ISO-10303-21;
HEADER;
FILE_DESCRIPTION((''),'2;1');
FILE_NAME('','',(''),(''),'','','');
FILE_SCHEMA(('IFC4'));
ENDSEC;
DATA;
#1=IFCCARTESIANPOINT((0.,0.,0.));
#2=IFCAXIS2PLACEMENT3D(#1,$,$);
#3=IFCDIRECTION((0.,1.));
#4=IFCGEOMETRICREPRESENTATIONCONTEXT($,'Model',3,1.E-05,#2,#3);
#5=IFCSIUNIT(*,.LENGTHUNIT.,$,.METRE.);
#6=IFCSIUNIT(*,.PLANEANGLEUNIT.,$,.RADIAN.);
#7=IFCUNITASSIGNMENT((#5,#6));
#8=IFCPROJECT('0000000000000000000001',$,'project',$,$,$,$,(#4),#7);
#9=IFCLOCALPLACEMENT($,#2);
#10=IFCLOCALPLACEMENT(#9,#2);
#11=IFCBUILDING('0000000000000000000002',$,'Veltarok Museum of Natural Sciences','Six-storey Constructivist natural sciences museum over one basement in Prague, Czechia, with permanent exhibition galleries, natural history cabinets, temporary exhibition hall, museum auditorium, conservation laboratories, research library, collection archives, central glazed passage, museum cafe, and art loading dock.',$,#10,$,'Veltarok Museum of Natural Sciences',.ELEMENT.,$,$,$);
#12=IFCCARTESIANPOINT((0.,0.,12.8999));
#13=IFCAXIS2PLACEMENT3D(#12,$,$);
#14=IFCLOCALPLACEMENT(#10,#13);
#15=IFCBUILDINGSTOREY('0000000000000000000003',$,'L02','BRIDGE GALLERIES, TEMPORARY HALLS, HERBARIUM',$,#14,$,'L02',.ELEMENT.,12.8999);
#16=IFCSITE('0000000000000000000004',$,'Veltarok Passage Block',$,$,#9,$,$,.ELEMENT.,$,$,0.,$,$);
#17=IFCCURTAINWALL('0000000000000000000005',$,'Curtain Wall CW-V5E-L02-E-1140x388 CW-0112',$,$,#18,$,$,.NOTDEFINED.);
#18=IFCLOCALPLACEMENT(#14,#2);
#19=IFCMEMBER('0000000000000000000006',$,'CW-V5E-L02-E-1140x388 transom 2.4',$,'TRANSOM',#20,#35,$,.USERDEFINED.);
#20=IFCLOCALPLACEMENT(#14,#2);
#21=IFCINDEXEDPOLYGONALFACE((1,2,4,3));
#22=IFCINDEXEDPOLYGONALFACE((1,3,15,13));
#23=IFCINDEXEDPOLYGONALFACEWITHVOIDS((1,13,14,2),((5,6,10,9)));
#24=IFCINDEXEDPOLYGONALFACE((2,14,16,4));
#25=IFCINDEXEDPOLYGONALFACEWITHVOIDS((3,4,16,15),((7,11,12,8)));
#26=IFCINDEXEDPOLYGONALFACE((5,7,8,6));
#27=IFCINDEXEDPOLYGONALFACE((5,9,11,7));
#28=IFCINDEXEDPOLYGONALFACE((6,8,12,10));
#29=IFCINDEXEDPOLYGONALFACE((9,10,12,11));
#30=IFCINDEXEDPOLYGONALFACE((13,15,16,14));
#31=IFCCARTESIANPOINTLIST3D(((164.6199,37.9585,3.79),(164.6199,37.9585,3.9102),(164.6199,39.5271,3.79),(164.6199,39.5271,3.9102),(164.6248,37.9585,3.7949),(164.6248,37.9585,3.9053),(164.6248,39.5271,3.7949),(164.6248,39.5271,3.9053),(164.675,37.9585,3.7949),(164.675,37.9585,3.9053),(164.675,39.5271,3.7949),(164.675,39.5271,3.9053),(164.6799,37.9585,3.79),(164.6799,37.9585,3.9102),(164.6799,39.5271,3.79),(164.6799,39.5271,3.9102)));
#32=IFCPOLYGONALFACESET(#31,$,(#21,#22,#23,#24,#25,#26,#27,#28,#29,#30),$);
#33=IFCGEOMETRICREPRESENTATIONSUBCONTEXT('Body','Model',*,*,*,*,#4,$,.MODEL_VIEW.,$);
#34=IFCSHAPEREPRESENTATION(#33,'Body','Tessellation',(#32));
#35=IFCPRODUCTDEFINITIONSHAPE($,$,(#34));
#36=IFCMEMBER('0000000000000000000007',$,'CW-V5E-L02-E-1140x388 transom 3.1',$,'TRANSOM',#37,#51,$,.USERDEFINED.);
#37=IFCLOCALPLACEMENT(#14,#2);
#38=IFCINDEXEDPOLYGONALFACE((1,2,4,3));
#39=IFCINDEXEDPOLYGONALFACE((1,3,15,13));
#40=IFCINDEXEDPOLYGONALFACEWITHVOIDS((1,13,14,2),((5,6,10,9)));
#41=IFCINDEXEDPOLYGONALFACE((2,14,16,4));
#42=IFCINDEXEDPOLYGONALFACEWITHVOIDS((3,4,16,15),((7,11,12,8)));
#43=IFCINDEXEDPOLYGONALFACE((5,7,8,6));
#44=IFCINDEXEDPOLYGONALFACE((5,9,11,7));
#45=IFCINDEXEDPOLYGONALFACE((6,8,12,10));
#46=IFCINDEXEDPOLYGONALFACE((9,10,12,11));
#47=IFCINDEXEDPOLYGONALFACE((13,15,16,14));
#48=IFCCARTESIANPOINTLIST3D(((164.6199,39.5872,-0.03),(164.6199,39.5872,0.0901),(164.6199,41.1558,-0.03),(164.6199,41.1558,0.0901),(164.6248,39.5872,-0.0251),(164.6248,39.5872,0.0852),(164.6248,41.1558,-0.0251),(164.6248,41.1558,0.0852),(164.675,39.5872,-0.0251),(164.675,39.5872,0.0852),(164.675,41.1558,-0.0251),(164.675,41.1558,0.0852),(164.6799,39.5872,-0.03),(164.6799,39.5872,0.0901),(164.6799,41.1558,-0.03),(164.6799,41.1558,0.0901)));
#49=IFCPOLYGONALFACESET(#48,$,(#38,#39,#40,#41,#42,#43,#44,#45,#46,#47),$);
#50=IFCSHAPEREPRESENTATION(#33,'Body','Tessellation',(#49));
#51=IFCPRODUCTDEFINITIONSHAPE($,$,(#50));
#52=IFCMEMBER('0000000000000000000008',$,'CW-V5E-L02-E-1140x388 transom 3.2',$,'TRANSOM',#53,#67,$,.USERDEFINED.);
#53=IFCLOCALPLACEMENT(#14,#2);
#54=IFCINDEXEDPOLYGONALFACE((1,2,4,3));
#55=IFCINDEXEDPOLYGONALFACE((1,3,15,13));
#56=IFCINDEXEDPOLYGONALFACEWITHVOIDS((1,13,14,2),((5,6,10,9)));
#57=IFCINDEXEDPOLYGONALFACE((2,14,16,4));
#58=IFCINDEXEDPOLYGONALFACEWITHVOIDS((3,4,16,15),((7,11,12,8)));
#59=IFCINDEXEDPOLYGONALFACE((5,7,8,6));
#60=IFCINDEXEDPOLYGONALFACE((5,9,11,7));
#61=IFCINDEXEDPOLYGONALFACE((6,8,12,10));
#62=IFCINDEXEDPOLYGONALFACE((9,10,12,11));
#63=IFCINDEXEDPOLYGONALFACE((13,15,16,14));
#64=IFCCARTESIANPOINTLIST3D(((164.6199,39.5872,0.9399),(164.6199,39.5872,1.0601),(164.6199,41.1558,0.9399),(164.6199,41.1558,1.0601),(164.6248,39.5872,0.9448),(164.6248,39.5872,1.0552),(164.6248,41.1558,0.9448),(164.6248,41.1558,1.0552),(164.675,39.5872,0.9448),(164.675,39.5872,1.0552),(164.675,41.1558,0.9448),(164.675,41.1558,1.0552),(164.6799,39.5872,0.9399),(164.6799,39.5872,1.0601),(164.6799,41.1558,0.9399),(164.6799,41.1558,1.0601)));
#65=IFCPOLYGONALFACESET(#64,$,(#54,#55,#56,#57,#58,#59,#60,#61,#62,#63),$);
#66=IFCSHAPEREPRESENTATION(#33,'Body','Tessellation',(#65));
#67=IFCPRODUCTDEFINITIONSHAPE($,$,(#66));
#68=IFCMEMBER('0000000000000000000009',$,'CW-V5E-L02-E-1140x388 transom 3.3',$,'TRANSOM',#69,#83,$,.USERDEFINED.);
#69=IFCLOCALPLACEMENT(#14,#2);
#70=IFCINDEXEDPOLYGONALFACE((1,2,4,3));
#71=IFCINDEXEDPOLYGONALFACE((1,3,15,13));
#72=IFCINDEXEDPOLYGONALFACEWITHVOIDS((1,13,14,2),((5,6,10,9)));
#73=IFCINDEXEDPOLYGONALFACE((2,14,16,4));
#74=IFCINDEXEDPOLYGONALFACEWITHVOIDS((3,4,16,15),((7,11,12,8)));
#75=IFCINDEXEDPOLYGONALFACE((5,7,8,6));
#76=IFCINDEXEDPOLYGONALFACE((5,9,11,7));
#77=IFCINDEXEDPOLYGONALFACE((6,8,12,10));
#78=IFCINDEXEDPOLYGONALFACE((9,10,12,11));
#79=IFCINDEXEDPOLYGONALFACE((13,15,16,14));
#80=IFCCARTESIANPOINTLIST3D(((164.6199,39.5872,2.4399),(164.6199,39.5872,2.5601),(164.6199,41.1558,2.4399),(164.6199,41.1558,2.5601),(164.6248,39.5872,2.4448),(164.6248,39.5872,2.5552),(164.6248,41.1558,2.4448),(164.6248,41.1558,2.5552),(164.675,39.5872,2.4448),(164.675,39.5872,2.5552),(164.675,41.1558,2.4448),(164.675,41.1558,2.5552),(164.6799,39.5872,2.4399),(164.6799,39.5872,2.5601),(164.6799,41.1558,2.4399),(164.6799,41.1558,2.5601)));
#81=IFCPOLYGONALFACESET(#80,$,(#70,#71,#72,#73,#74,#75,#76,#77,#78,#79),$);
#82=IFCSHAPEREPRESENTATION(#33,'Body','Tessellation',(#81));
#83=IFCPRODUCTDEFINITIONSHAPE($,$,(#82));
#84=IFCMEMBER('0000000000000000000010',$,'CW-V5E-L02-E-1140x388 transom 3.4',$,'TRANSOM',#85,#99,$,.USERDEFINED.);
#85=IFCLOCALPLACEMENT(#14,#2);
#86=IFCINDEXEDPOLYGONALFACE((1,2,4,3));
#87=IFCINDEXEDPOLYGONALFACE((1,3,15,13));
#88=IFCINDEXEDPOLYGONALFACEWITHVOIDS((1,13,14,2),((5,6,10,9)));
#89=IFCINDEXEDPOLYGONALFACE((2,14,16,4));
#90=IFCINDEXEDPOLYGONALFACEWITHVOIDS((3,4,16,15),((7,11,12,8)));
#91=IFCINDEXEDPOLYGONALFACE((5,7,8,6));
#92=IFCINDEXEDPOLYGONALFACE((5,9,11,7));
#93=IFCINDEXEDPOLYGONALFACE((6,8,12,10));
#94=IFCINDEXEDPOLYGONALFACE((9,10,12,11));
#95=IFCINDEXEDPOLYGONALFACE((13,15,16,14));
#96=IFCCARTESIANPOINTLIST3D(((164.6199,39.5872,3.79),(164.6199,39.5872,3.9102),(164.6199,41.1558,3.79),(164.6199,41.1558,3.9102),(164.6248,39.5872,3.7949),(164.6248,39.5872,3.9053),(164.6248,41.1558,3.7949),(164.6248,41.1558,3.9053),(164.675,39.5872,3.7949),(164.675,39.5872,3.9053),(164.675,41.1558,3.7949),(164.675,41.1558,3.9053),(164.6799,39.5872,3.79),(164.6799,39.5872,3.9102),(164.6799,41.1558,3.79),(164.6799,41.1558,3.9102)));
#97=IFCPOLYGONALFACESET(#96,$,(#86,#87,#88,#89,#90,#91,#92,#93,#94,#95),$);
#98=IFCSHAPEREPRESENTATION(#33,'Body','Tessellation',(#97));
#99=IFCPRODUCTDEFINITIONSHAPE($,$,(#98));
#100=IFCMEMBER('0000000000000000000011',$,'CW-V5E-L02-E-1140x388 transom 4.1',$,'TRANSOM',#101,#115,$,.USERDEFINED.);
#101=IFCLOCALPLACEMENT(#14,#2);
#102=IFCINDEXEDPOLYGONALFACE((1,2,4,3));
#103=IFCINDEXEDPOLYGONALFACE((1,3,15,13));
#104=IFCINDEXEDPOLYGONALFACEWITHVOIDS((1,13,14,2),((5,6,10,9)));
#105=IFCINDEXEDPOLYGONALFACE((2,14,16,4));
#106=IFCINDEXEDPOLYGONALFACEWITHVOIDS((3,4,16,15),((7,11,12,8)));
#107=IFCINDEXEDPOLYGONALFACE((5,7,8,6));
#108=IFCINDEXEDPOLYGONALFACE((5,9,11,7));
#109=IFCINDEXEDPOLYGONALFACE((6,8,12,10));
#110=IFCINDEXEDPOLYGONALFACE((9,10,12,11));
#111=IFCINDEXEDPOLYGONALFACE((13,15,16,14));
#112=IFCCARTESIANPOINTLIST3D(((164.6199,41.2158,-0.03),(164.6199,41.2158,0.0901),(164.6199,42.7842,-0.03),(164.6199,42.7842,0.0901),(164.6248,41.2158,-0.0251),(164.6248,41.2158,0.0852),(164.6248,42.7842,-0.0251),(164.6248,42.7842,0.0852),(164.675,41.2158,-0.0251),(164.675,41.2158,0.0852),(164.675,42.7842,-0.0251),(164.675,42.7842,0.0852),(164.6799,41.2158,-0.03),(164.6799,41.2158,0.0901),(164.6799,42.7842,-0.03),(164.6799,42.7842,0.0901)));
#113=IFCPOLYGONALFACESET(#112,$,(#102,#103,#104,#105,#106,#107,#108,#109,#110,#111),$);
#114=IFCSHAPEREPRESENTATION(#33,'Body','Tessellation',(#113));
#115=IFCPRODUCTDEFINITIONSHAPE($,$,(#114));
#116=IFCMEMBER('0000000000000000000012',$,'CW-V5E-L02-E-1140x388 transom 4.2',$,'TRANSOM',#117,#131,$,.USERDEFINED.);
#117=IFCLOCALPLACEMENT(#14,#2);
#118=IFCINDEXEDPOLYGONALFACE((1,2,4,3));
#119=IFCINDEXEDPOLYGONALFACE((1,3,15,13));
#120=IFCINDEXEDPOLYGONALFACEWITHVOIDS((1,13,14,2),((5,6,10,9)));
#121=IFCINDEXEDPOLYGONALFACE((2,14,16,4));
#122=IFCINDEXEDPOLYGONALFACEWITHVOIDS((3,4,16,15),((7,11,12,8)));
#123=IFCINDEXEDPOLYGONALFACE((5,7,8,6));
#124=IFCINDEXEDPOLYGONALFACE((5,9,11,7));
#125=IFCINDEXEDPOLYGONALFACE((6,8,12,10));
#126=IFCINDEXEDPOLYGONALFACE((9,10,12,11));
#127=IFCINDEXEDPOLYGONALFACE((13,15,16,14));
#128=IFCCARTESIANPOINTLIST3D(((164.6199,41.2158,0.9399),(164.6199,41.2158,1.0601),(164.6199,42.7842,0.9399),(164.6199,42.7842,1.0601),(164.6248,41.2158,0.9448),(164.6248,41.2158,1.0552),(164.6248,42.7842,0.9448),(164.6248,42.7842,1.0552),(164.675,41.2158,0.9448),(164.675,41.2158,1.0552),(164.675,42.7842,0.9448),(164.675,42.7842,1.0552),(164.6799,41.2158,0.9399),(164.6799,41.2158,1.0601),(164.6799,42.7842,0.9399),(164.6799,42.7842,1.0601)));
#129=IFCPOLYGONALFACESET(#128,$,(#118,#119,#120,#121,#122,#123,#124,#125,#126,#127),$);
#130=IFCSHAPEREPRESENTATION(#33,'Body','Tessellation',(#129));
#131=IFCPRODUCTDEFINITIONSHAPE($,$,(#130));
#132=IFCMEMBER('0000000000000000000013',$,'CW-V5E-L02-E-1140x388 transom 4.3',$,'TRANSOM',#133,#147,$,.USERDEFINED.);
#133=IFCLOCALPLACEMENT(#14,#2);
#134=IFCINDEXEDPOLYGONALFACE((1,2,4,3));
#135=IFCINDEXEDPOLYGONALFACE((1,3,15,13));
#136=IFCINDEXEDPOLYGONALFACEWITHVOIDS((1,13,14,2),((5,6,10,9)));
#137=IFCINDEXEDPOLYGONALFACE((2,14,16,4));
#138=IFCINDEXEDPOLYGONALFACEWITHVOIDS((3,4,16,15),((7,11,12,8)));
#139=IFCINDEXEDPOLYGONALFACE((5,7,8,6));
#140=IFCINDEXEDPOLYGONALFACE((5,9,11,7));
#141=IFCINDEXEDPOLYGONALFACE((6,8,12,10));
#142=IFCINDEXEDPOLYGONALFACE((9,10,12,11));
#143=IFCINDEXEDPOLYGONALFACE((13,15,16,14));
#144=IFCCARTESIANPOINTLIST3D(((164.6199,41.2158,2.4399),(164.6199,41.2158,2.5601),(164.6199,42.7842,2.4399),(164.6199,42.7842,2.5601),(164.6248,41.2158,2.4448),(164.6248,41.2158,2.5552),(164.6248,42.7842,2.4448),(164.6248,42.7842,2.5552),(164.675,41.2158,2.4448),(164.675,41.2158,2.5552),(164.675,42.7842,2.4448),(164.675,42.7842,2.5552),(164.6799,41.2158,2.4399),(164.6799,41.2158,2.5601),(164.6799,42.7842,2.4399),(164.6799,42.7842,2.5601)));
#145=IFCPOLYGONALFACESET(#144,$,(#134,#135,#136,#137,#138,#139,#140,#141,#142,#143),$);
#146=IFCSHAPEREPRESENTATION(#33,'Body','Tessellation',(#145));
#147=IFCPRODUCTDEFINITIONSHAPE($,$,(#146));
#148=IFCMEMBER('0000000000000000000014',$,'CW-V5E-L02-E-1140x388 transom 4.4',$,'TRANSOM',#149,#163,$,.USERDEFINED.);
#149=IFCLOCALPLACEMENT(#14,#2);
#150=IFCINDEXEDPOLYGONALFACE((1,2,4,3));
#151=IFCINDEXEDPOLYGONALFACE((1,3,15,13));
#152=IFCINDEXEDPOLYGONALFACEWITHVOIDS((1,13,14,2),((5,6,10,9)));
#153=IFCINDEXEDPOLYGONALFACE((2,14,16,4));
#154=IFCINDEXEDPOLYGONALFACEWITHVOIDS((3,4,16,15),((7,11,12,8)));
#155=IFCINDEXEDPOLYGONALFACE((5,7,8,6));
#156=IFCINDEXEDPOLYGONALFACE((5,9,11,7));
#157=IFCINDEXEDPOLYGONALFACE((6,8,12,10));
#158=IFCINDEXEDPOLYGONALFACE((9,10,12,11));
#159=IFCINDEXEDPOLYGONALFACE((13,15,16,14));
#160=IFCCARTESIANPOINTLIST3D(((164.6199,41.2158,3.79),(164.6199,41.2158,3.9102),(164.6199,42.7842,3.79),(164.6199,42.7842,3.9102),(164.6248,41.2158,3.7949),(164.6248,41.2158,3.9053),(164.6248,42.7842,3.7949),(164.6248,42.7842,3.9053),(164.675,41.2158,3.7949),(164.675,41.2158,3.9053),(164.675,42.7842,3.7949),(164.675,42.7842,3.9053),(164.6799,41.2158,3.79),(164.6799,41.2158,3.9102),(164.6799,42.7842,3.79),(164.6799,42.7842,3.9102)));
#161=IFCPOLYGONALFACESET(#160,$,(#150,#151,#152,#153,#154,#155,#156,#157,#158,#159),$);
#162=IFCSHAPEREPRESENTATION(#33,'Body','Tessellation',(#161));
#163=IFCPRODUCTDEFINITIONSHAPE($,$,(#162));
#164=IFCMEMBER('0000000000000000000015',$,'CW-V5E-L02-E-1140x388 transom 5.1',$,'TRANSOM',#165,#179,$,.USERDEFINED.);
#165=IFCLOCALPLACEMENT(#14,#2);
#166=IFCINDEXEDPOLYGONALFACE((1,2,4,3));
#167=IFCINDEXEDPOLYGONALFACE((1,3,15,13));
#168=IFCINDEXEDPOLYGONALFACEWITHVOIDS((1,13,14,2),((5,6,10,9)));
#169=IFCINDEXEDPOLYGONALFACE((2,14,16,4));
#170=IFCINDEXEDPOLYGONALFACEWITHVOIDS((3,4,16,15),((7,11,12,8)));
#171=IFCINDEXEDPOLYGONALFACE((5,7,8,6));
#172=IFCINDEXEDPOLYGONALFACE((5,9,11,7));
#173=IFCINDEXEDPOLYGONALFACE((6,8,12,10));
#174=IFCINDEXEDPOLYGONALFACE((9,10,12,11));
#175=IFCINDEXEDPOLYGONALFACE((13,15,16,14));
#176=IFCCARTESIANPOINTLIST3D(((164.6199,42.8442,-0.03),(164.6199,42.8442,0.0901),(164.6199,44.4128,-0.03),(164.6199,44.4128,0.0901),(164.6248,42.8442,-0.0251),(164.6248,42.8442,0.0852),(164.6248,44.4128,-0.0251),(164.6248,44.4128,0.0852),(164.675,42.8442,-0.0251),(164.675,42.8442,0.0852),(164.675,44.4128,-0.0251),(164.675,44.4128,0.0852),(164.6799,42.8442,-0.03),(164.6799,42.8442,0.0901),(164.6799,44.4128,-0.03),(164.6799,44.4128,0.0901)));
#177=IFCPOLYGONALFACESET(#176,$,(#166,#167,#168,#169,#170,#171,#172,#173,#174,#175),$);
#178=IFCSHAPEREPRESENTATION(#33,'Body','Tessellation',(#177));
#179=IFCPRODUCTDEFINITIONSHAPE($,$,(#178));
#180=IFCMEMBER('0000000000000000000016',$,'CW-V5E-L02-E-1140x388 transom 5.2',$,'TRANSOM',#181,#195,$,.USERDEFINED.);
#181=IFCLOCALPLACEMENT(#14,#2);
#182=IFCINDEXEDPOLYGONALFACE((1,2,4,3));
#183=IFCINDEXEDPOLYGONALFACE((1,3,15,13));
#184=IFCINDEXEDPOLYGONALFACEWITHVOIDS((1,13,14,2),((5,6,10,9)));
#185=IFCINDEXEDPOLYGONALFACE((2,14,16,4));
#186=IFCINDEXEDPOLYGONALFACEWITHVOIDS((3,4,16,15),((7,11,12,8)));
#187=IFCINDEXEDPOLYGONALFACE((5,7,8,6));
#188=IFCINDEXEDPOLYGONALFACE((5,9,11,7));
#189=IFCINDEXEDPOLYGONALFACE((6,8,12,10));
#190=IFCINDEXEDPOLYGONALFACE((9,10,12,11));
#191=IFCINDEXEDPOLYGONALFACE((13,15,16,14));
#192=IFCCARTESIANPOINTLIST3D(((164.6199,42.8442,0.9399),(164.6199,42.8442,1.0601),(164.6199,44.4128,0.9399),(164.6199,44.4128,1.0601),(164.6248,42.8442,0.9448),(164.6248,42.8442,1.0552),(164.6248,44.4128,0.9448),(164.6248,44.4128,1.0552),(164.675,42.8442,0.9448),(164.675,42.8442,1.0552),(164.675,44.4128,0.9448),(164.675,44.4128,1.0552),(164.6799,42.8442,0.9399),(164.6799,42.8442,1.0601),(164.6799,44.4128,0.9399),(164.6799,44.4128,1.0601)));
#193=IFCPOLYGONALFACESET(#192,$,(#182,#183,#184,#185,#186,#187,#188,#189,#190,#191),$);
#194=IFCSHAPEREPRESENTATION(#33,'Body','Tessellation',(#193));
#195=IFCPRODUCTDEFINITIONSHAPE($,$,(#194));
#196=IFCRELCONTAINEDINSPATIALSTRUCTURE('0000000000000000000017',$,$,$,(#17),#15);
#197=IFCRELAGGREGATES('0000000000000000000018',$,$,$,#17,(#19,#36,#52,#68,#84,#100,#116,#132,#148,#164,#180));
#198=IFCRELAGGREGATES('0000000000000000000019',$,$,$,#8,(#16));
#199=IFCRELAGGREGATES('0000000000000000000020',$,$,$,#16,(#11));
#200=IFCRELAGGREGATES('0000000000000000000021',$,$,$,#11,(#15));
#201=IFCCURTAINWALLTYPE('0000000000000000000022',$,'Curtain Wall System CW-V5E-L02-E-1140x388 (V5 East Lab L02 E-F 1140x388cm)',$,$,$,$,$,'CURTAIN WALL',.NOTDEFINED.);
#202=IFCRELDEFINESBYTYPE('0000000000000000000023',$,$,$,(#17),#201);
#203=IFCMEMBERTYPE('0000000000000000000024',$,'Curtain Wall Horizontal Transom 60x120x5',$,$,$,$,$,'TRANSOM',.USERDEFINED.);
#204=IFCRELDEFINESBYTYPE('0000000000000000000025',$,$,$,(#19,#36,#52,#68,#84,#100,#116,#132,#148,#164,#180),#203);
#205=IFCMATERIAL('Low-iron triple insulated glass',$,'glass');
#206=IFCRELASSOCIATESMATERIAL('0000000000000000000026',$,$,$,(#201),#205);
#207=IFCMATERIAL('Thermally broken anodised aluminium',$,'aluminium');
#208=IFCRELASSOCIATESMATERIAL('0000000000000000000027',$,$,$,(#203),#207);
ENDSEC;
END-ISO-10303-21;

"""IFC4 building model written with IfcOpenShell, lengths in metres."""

from ifc_helpers import new_model, si_unit, direction, frame, origin, origin_2d, place, context, subcontext, project, spatial, hollow_rectangle, extrude, material, material_profile, profile_set, type_object, element, aggregate, save


model = new_model("IFC4")

# Units and contexts
model_context = context("Model", 3, precision=1e-05, world=origin(), true_north=direction((0.0, 1.0)))
body_context = subcontext(model_context, "Body", "Model", "MODEL_VIEW")
ifc_project = project(units=[si_unit("LENGTHUNIT", "METRE"), si_unit("PLANEANGLEUNIT", "RADIAN")], contexts=[model_context])

# Site, building, storey
site_placement = place(None, origin())
site = spatial("IfcSite", under=ifc_project, at=site_placement, Name="Veltarok Passage Block", CompositionType="ELEMENT", RefElevation=0.0)
building_placement = place(site_placement, origin())
building = spatial("IfcBuilding", under=site, at=building_placement, Name="Veltarok Museum of Natural Sciences", Description="Six-storey Constructivist natural sciences museum over one basement in Prague, Czechia, with permanent exhibition galleries, natural history cabinets, temporary exhibition hall, museum auditorium, conservation laboratories, research library, collection archives, central glazed passage, museum cafe, and art loading dock.", LongName="Veltarok Museum of Natural Sciences", CompositionType="ELEMENT")
storey_placement = place(building_placement, frame((0.0, 0.0, 12.8999)))
storey = spatial("IfcBuildingStorey", under=building, at=storey_placement, Name="L02", Description="BRIDGE GALLERIES, TEMPORARY HALLS, HERBARIUM", LongName="L02", CompositionType="ELEMENT", Elevation=12.8999)

# Curtain wall, members
ifc_material_1 = material(Name="Low-iron triple insulated glass", Category="glass")
curtain_wall_type = type_object("IfcCurtainWallType", Name="Curtain Wall System CW-V5E-L02-E-1140x388 (V5 East Lab L02 E-F 1140x388cm)", ElementType="CURTAIN WALL", PredefinedType="NOTDEFINED", material=ifc_material_1)
curtain_wall_placement = place(storey_placement, origin())
curtain_wall = element("IfcCurtainWall", 1, at=curtain_wall_placement, inside=storey, type_object=curtain_wall_type, Name="Curtain Wall CW-V5E-L02-E-1140x388 CW-0112", PredefinedType="NOTDEFINED")
ifc_material_2 = material(Name="Thermally broken anodised aluminium", Category="aluminium")
ifc_material_profile_1 = material_profile(ifc_material_2, hollow_rectangle(XDim=0.0601, YDim=0.1201, WallThickness=0.0049, at=origin_2d()), Name="CW TRANSOM 60x120x5")
ifc_profile_set_1 = profile_set([ifc_material_profile_1], Name="Thermally broken anodised aluminium")
member_type_1 = type_object("IfcMemberType", Name="Curtain Wall Horizontal Transom 60x120x5", ElementType="TRANSOM", PredefinedType="USERDEFINED", material=ifc_profile_set_1)
member_1_placement = place(storey_placement, frame((164.6499, 37.9585, 3.8501), z_axis=(0.0, 1.0, 0.0), x_axis=(-1.0, 0.0, 0.0)))
member_1 = element("IfcMember", 2, at=member_1_placement, type_object=member_type_1, Name="CW-V5E-L02-E-1140x388 transom 2.4", ObjectType="TRANSOM", PredefinedType="USERDEFINED", context=body_context, shape_type="SweptSolid", body=[
    extrude(hollow_rectangle(XDim=0.0601, YDim=0.1201, WallThickness=0.0049, at=origin_2d()), origin(), (0.0, 0.0, 1.0), 1.5686),
])
member_2_placement = place(storey_placement, frame((164.6499, 39.5872, 0.03), z_axis=(0.0, 1.0, 0.0), x_axis=(-1.0, 0.0, 0.0)))
member_2 = element("IfcMember", 3, at=member_2_placement, type_object=member_type_1, Name="CW-V5E-L02-E-1140x388 transom 3.1", ObjectType="TRANSOM", PredefinedType="USERDEFINED", context=body_context, shape_type="SweptSolid", body=[
    extrude(hollow_rectangle(XDim=0.0601, YDim=0.1201, WallThickness=0.0049, at=origin_2d()), origin(), (0.0, 0.0, 1.0), 1.5686),
])
member_3_placement = place(storey_placement, frame((164.6499, 39.5872, 1.0), z_axis=(0.0, 1.0, 0.0), x_axis=(-1.0, 0.0, 0.0)))
member_3 = element("IfcMember", 4, at=member_3_placement, type_object=member_type_1, Name="CW-V5E-L02-E-1140x388 transom 3.2", ObjectType="TRANSOM", PredefinedType="USERDEFINED", context=body_context, shape_type="SweptSolid", body=[
    extrude(hollow_rectangle(XDim=0.0601, YDim=0.1201, WallThickness=0.0049, at=origin_2d()), origin(), (0.0, 0.0, 1.0), 1.5686),
])
member_4_placement = place(storey_placement, frame((164.6499, 39.5872, 2.5), z_axis=(0.0, 1.0, 0.0), x_axis=(-1.0, 0.0, 0.0)))
member_4 = element("IfcMember", 5, at=member_4_placement, type_object=member_type_1, Name="CW-V5E-L02-E-1140x388 transom 3.3", ObjectType="TRANSOM", PredefinedType="USERDEFINED", context=body_context, shape_type="SweptSolid", body=[
    extrude(hollow_rectangle(XDim=0.0601, YDim=0.1201, WallThickness=0.0049, at=origin_2d()), origin(), (0.0, 0.0, 1.0), 1.5686),
])
member_5_placement = place(storey_placement, frame((164.6499, 39.5872, 3.8501), z_axis=(0.0, 1.0, 0.0), x_axis=(-1.0, 0.0, 0.0)))
member_5 = element("IfcMember", 6, at=member_5_placement, type_object=member_type_1, Name="CW-V5E-L02-E-1140x388 transom 3.4", ObjectType="TRANSOM", PredefinedType="USERDEFINED", context=body_context, shape_type="SweptSolid", body=[
    extrude(hollow_rectangle(XDim=0.0601, YDim=0.1201, WallThickness=0.0049, at=origin_2d()), origin(), (0.0, 0.0, 1.0), 1.5686),
])
member_6_placement = place(storey_placement, frame((164.6499, 41.2158, 0.03), z_axis=(0.0, 1.0, 0.0), x_axis=(-1.0, 0.0, 0.0)))
member_6 = element("IfcMember", 7, at=member_6_placement, type_object=member_type_1, Name="CW-V5E-L02-E-1140x388 transom 4.1", ObjectType="TRANSOM", PredefinedType="USERDEFINED", context=body_context, shape_type="SweptSolid", body=[
    extrude(hollow_rectangle(XDim=0.0601, YDim=0.1201, WallThickness=0.0049, at=origin_2d()), origin(), (0.0, 0.0, 1.0), 1.5684),
])
member_7_placement = place(storey_placement, frame((164.6499, 41.2158, 1.0), z_axis=(0.0, 1.0, 0.0), x_axis=(-1.0, 0.0, 0.0)))
member_7 = element("IfcMember", 8, at=member_7_placement, type_object=member_type_1, Name="CW-V5E-L02-E-1140x388 transom 4.2", ObjectType="TRANSOM", PredefinedType="USERDEFINED", context=body_context, shape_type="SweptSolid", body=[
    extrude(hollow_rectangle(XDim=0.0601, YDim=0.1201, WallThickness=0.0049, at=origin_2d()), origin(), (0.0, 0.0, 1.0), 1.5684),
])
member_8_placement = place(storey_placement, frame((164.6499, 41.2158, 2.5), z_axis=(0.0, 1.0, 0.0), x_axis=(-1.0, 0.0, 0.0)))
member_8 = element("IfcMember", 9, at=member_8_placement, type_object=member_type_1, Name="CW-V5E-L02-E-1140x388 transom 4.3", ObjectType="TRANSOM", PredefinedType="USERDEFINED", context=body_context, shape_type="SweptSolid", body=[
    extrude(hollow_rectangle(XDim=0.0601, YDim=0.1201, WallThickness=0.0049, at=origin_2d()), origin(), (0.0, 0.0, 1.0), 1.5684),
])
member_9_placement = place(storey_placement, frame((164.6499, 41.2158, 3.8501), z_axis=(0.0, 1.0, 0.0), x_axis=(-1.0, 0.0, 0.0)))
member_9 = element("IfcMember", 10, at=member_9_placement, type_object=member_type_1, Name="CW-V5E-L02-E-1140x388 transom 4.4", ObjectType="TRANSOM", PredefinedType="USERDEFINED", context=body_context, shape_type="SweptSolid", body=[
    extrude(hollow_rectangle(XDim=0.0601, YDim=0.1201, WallThickness=0.0049, at=origin_2d()), origin(), (0.0, 0.0, 1.0), 1.5684),
])
member_10_placement = place(storey_placement, frame((164.6499, 42.8442, 0.03), z_axis=(0.0, 1.0, 0.0), x_axis=(-1.0, 0.0, 0.0)))
member_10 = element("IfcMember", 11, at=member_10_placement, type_object=member_type_1, Name="CW-V5E-L02-E-1140x388 transom 5.1", ObjectType="TRANSOM", PredefinedType="USERDEFINED", context=body_context, shape_type="SweptSolid", body=[
    extrude(hollow_rectangle(XDim=0.0601, YDim=0.1201, WallThickness=0.0049, at=origin_2d()), origin(), (0.0, 0.0, 1.0), 1.5686),
])
member_11_placement = place(storey_placement, frame((164.6499, 42.8442, 1.0), z_axis=(0.0, 1.0, 0.0), x_axis=(-1.0, 0.0, 0.0)))
member_11 = element("IfcMember", 12, at=member_11_placement, type_object=member_type_1, Name="CW-V5E-L02-E-1140x388 transom 5.2", ObjectType="TRANSOM", PredefinedType="USERDEFINED", context=body_context, shape_type="SweptSolid", body=[
    extrude(hollow_rectangle(XDim=0.0601, YDim=0.1201, WallThickness=0.0049, at=origin_2d()), origin(), (0.0, 0.0, 1.0), 1.5686),
])
aggregate(curtain_wall, [member_1, member_2, member_3, member_4, member_5, member_6, member_7, member_8, member_9, member_10, member_11])

save(model, "model.ifc")
